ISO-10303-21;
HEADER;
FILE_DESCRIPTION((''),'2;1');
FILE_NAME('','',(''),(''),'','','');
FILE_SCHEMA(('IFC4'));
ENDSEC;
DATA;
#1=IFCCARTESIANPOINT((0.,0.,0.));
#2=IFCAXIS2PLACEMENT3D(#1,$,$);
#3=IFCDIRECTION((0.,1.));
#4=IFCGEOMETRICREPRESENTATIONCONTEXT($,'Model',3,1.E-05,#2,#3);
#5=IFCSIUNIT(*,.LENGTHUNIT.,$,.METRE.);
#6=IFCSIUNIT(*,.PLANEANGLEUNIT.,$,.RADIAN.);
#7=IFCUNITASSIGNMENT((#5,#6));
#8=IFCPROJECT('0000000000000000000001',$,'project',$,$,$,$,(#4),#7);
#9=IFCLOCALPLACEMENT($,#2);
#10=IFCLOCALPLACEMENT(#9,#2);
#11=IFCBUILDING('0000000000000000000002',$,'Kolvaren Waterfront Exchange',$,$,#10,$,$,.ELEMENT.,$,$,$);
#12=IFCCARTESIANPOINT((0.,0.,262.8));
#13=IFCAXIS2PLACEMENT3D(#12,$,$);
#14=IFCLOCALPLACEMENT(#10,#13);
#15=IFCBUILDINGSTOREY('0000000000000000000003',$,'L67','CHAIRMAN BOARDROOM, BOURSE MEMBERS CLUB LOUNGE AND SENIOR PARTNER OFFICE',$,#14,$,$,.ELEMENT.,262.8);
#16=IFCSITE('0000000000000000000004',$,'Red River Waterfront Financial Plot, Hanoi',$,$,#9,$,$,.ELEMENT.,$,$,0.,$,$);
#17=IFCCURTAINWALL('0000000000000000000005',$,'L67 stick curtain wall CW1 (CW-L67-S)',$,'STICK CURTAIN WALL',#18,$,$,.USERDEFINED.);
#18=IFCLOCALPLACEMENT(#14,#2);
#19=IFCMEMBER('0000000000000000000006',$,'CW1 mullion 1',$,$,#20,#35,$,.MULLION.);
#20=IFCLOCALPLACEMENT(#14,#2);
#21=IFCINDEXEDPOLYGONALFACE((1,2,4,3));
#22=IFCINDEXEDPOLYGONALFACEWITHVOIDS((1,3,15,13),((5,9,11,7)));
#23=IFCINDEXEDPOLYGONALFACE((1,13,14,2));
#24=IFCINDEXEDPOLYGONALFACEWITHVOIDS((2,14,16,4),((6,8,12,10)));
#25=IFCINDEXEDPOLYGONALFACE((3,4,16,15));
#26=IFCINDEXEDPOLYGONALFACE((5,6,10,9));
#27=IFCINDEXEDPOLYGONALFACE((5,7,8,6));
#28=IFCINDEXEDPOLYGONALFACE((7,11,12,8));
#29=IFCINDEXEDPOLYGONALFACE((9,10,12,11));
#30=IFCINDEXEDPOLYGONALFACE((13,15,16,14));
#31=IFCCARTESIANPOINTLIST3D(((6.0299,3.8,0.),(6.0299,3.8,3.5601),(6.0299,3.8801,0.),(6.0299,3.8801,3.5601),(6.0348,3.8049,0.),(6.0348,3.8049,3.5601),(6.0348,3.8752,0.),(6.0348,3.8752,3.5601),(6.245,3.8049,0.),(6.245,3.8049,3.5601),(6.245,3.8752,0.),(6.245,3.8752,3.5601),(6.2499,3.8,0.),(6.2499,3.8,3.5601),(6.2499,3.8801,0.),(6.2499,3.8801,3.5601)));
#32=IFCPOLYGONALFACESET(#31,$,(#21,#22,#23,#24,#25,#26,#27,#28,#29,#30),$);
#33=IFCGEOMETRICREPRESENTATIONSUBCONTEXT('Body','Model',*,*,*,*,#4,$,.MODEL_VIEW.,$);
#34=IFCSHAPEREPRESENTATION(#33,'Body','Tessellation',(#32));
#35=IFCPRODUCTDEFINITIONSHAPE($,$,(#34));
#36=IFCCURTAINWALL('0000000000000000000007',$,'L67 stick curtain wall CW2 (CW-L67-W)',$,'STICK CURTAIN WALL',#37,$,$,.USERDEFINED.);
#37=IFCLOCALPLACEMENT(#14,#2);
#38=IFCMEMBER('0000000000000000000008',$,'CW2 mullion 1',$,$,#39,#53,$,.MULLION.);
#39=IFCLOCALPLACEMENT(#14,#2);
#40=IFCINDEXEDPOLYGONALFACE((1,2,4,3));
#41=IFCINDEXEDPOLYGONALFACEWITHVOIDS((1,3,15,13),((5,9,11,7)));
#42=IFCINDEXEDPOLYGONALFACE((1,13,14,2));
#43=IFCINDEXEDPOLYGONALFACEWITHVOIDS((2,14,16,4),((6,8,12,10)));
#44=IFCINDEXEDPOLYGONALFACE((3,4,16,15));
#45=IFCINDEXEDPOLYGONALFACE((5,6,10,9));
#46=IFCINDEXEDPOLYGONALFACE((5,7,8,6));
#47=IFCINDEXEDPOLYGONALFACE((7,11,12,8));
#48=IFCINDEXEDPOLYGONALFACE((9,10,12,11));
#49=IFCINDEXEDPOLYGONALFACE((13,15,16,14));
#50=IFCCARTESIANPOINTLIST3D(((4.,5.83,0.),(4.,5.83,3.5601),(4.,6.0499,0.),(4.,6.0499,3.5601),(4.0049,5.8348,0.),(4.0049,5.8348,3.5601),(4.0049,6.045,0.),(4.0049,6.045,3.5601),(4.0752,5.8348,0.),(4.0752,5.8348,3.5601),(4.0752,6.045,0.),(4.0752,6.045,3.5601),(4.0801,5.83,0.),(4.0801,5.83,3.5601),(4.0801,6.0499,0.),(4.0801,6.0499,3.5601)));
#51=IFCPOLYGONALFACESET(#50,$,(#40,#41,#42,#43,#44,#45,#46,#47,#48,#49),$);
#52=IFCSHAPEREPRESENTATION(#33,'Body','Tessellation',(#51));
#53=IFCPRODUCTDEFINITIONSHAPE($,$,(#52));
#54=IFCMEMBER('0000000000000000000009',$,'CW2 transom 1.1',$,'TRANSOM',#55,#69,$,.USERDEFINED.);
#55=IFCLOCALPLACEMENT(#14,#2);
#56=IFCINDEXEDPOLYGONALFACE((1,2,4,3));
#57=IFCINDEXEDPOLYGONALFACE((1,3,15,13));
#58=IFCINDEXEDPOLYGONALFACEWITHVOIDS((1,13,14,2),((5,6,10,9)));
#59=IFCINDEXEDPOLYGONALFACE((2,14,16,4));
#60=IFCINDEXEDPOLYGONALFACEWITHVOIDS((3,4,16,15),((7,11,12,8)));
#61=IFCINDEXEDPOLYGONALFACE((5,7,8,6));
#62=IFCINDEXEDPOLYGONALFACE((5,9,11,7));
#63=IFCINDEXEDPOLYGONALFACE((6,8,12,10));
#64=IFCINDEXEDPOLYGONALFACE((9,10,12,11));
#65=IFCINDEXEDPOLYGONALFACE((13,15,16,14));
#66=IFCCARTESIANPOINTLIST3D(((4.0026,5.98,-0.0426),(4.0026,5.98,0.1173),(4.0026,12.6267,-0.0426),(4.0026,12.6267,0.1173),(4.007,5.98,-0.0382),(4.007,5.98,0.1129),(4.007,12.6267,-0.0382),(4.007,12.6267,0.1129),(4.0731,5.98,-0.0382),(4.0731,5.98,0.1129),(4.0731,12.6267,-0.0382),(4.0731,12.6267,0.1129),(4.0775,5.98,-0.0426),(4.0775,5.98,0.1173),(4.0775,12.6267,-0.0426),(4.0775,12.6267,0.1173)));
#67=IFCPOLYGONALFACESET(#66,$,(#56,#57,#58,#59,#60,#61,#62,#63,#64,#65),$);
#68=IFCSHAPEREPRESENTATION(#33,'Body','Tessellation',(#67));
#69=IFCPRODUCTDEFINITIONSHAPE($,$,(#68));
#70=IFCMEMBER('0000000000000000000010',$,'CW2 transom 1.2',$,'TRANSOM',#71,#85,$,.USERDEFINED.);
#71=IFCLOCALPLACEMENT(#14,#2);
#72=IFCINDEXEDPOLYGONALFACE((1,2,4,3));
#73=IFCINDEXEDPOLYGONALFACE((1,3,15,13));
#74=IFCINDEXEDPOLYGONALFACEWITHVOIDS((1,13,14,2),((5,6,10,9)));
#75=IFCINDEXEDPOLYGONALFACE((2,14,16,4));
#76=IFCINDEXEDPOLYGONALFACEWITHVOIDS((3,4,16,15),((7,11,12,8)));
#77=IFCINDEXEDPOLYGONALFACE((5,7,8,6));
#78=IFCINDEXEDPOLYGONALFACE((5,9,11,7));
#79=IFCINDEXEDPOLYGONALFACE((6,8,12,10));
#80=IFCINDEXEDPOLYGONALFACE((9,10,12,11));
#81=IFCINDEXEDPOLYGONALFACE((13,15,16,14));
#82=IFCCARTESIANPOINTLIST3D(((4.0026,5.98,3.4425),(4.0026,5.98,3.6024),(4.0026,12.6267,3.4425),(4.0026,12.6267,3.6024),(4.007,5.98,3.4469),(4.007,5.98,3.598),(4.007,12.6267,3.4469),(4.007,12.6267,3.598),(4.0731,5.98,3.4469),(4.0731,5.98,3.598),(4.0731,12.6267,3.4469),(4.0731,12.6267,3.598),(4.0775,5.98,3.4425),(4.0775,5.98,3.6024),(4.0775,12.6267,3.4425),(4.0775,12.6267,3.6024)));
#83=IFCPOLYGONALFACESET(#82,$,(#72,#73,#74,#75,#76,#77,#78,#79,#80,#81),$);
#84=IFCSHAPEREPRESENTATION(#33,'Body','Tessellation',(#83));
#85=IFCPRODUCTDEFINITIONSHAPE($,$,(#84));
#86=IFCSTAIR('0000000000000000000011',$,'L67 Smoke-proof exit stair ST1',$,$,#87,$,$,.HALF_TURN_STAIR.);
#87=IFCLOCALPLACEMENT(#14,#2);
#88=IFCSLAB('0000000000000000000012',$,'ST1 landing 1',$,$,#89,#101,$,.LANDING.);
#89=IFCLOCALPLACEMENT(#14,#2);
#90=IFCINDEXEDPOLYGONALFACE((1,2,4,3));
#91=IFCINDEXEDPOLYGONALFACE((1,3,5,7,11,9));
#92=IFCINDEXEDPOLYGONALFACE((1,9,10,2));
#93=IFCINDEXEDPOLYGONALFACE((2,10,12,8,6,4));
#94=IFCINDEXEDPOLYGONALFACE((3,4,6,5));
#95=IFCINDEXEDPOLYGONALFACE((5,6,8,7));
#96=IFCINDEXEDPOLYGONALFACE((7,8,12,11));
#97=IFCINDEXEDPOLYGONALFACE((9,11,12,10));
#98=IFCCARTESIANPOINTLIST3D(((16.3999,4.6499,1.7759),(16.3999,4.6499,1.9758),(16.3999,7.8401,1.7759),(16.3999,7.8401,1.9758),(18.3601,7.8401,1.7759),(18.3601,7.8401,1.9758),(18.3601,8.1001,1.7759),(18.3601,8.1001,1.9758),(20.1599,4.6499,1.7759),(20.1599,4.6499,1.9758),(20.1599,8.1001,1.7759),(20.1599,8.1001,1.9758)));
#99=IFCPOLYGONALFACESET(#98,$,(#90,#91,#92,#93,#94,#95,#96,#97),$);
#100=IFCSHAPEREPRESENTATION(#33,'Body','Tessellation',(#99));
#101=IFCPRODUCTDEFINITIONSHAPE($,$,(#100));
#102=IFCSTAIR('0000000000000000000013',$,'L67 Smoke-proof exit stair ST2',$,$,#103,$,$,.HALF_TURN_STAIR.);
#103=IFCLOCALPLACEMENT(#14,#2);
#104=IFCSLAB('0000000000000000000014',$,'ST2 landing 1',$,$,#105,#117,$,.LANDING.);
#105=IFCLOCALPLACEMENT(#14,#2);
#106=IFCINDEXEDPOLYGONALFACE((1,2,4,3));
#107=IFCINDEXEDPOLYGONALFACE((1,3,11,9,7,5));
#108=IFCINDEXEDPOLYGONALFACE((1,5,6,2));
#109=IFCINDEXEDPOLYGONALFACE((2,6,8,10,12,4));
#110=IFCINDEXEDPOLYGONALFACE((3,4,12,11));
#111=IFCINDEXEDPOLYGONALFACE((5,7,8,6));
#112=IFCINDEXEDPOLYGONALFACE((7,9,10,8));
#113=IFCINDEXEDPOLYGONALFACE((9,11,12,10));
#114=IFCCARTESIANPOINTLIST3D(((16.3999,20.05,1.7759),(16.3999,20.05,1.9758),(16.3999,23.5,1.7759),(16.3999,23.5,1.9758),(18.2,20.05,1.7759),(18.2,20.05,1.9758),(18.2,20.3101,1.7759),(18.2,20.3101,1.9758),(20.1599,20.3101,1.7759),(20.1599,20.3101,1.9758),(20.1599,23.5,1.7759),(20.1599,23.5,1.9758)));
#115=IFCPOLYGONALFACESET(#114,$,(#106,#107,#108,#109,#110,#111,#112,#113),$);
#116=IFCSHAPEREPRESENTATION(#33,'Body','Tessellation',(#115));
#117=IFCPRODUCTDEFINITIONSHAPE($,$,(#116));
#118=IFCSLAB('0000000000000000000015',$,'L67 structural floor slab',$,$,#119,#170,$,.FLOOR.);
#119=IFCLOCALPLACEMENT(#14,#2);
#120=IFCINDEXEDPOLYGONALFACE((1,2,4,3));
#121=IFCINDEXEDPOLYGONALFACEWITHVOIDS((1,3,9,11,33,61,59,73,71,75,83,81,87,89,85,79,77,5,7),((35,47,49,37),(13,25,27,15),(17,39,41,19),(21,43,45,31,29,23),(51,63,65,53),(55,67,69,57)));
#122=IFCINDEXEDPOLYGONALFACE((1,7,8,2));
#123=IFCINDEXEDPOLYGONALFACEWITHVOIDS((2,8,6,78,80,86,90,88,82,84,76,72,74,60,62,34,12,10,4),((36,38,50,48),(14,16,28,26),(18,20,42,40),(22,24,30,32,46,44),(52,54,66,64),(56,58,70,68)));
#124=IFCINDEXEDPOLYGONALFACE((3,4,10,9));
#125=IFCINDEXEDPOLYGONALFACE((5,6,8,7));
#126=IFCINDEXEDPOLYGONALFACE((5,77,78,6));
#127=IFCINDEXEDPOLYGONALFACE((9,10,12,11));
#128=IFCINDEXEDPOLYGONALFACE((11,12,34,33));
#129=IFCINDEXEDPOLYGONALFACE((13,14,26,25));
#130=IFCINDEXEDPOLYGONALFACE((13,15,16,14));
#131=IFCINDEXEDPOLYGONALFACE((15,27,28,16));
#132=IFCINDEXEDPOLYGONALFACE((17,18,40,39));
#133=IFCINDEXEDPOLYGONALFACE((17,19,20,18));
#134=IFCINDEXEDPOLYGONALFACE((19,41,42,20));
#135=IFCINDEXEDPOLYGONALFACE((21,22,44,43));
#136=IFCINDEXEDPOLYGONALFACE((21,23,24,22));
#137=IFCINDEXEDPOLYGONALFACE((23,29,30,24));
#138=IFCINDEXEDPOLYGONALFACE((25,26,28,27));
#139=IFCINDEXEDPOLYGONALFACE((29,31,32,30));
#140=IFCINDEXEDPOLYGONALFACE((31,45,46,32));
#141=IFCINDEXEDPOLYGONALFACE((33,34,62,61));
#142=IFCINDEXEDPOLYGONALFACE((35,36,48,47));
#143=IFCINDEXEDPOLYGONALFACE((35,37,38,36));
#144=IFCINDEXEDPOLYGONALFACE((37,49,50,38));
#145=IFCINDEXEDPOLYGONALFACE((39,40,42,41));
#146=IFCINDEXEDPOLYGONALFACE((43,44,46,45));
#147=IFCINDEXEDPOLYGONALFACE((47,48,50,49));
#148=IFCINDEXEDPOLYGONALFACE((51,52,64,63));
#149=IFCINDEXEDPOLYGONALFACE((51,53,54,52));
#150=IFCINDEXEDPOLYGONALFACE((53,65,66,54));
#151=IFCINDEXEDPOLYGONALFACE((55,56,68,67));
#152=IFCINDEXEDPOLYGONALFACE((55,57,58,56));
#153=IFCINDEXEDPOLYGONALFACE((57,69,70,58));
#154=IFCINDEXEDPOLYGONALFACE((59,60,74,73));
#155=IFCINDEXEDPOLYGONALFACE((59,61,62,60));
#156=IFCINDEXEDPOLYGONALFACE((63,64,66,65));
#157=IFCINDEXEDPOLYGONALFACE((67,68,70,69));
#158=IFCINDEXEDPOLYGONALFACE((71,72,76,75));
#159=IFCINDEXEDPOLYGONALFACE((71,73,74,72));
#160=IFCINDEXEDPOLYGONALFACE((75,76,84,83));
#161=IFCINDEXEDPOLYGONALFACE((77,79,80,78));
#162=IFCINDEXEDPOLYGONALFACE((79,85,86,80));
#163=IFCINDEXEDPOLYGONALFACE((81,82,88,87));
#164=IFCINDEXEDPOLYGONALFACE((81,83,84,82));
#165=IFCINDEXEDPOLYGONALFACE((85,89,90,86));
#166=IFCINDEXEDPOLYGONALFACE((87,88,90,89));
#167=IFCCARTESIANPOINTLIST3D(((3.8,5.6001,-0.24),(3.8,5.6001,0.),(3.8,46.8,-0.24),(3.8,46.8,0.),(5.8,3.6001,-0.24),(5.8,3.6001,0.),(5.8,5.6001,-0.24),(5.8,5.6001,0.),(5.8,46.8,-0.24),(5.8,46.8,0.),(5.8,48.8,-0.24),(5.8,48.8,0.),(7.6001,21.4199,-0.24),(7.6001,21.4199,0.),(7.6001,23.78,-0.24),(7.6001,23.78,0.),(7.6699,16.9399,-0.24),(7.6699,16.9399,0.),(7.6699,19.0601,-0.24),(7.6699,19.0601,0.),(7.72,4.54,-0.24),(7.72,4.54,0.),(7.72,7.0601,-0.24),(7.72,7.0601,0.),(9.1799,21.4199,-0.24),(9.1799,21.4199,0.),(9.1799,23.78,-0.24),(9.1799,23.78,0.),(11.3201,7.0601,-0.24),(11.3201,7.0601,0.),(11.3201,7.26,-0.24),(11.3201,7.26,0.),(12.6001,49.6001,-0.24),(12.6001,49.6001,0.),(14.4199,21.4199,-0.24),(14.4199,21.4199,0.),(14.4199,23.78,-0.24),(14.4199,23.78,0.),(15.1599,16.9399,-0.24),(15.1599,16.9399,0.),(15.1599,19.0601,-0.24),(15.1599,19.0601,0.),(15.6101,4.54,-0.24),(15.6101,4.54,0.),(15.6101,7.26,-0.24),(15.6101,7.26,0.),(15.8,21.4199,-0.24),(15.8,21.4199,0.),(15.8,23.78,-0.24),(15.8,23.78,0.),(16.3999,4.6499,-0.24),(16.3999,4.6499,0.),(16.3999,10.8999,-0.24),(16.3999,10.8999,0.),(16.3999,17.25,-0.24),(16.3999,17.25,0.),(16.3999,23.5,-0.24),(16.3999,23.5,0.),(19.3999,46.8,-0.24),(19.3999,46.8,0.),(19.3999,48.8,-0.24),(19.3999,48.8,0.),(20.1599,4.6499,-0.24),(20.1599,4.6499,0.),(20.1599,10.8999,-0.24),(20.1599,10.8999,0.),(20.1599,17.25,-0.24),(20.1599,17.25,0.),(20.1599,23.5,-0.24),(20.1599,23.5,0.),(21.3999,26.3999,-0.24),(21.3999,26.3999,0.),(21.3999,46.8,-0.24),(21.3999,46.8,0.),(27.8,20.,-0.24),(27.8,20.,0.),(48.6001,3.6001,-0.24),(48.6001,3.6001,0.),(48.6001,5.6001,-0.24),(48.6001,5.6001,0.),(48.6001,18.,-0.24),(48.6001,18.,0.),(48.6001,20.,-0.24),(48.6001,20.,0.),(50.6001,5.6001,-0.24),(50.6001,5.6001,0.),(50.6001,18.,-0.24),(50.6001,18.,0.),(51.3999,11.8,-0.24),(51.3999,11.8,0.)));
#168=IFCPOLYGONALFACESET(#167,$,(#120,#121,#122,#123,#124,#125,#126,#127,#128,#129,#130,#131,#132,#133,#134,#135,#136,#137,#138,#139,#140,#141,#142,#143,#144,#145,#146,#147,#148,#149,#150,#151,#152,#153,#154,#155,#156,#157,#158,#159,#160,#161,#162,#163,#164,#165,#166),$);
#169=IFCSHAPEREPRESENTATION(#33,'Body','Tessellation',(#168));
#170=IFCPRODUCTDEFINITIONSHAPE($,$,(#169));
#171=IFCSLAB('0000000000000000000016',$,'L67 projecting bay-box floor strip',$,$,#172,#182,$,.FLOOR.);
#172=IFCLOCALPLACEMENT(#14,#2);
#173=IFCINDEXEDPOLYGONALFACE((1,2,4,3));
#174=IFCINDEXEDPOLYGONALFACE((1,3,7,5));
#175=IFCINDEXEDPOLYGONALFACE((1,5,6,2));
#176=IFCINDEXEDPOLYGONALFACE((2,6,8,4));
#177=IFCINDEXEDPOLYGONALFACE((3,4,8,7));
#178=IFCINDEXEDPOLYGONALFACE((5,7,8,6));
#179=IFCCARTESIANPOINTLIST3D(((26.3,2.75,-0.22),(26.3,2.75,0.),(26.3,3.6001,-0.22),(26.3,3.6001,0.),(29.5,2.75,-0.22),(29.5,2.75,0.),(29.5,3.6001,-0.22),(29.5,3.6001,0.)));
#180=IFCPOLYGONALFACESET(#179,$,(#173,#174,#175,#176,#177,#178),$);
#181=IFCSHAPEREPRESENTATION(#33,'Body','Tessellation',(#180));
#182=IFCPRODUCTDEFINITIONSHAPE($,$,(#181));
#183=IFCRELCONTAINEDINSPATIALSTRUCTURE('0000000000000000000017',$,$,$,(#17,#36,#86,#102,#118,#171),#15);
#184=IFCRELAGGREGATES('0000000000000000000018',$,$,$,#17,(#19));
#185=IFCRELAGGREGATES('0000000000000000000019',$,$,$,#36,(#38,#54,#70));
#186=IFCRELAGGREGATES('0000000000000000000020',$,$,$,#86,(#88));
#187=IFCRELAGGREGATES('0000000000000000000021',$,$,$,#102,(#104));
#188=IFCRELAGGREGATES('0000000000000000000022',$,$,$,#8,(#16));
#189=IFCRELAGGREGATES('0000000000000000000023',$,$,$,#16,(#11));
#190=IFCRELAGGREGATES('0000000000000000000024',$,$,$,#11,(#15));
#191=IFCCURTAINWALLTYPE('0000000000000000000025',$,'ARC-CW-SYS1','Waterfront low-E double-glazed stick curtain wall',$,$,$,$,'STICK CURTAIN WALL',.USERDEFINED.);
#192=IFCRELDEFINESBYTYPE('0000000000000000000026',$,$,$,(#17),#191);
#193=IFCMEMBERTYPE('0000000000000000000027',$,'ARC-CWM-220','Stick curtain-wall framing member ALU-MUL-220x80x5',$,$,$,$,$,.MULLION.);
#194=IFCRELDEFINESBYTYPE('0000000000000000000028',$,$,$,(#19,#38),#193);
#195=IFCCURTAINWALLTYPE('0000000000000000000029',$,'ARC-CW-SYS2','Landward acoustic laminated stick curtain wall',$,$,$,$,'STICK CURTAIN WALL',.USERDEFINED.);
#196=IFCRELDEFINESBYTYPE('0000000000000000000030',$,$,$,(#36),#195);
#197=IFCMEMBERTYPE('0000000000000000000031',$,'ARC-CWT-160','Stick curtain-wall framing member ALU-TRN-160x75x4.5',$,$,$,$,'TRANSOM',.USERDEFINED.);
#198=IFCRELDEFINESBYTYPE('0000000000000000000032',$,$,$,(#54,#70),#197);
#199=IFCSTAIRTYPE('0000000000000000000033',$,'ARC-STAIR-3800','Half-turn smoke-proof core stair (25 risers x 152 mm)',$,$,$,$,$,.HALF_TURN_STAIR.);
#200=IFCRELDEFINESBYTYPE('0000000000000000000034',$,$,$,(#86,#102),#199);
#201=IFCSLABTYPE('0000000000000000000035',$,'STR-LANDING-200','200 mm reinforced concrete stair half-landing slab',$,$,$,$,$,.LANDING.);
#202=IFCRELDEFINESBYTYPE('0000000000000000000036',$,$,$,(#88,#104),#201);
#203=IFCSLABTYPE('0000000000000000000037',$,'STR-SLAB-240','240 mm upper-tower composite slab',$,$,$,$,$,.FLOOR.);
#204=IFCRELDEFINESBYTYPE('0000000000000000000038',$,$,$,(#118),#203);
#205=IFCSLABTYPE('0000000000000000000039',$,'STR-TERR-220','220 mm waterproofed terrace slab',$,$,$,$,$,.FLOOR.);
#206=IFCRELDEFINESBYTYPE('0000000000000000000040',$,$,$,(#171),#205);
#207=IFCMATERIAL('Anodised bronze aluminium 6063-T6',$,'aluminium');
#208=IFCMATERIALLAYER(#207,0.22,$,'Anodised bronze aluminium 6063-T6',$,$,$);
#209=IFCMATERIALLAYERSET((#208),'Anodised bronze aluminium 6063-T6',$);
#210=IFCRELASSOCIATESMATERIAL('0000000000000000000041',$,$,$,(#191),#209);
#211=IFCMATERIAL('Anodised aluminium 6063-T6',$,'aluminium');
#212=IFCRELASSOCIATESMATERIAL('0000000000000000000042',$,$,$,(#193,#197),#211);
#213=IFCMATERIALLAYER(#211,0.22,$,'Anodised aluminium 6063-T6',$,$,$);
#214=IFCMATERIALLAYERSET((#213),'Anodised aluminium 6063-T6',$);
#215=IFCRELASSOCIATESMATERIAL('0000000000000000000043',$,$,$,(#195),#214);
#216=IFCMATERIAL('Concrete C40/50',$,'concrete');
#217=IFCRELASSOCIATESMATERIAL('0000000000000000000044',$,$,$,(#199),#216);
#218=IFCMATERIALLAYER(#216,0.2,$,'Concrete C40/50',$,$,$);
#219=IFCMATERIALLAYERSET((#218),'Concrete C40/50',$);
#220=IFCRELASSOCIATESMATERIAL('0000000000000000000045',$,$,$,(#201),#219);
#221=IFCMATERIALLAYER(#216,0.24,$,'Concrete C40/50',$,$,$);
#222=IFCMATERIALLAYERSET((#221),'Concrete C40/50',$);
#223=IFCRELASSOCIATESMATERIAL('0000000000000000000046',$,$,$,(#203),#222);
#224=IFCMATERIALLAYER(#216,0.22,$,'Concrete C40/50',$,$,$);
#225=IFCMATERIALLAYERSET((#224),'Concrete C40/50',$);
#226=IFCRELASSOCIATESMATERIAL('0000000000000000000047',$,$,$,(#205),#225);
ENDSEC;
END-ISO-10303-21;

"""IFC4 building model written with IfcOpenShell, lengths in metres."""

from ifc_helpers import new_model, si_unit, direction, frame, origin, origin_with_axes, origin_2d, place, context, subcontext, project, spatial, polyline, hollow_rectangle, outline, extrude, source, transform, mapped, material, layer, layer_set, material_profile, profile_set, type_object, element, aggregate, save


model = new_model("IFC4")

# Units and contexts
model_context = context("Model", 3, precision=1e-05, world=origin(), true_north=direction((0.0, 1.0)))
body_context = subcontext(model_context, "Body", "Model", "MODEL_VIEW")
ifc_project = project(units=[si_unit("LENGTHUNIT", "METRE"), si_unit("PLANEANGLEUNIT", "RADIAN")], contexts=[model_context])

# Site, building, storey
site_placement = place(None, origin())
site = spatial("IfcSite", under=ifc_project, at=site_placement, Name="Red River Waterfront Financial Plot, Hanoi", CompositionType="ELEMENT", RefElevation=0.0)
building_placement = place(site_placement, origin())
building = spatial("IfcBuilding", under=site, at=building_placement, Name="Kolvaren Waterfront Exchange", CompositionType="ELEMENT")
storey_placement = place(building_placement, frame((0.0, 0.0, 262.8)))
storey = spatial("IfcBuildingStorey", under=building, at=storey_placement, Name="L67", Description="CHAIRMAN BOARDROOM, BOURSE MEMBERS CLUB LOUNGE AND SENIOR PARTNER OFFICE", CompositionType="ELEMENT", Elevation=262.8)

# Curtain wall, member
ifc_material_1 = material(Name="Anodised bronze aluminium 6063-T6", Category="aluminium")
ifc_layer_1 = layer(ifc_material_1, 0.22, Name="Anodised bronze aluminium 6063-T6")
ifc_layer_set_1 = layer_set([ifc_layer_1], Name="Anodised bronze aluminium 6063-T6")
curtain_wall_type_1 = type_object("IfcCurtainWallType", Name="ARC-CW-SYS1", Description="Waterfront low-E double-glazed stick curtain wall", ElementType="STICK CURTAIN WALL", PredefinedType="USERDEFINED", material=ifc_layer_set_1)
curtain_wall_1_placement = place(storey_placement, origin())
curtain_wall_1 = element("IfcCurtainWall", 1, at=curtain_wall_1_placement, inside=storey, type_object=curtain_wall_type_1, Name="L67 stick curtain wall CW1 (CW-L67-S)", ObjectType="STICK CURTAIN WALL", PredefinedType="USERDEFINED")
ifc_material_2 = material(Name="Anodised aluminium 6063-T6", Category="aluminium")
ifc_material_profile_1 = material_profile(ifc_material_2, hollow_rectangle(XDim=0.0801, YDim=0.22, WallThickness=0.0049, at=origin_2d()), Name="ALU-MUL-220x80x5")
ifc_profile_set_1 = profile_set([ifc_material_profile_1], Name="Anodised aluminium 6063-T6")
member_type_1 = type_object("IfcMemberType", Name="ARC-CWM-220", Description="Stick curtain-wall framing member ALU-MUL-220x80x5", PredefinedType="MULLION", material=ifc_profile_set_1)
shared_shape_1 = source(origin_with_axes(), body_context, "Body", "SweptSolid", [
    extrude(hollow_rectangle(XDim=0.0801, YDim=0.22, WallThickness=0.0049, at=origin_2d()), origin(), (0.0, 0.0, 1.0), 3.5601),
])
member_1_placement = place(storey_placement, frame((6.1399, 3.8401, 0.0), z_axis=(0.0, 0.0, 1.0), x_axis=(0.0, 1.0, 0.0)))
member_1 = element("IfcMember", 2, at=member_1_placement, type_object=member_type_1, Name="CW1 mullion 1", PredefinedType="MULLION", context=body_context, shape_type="MappedRepresentation", body=[
    mapped(shared_shape_1, transform((0.0, 0.0, 0.0), x_axis=(1.0, 0.0, 0.0), y_axis=(0.0, 1.0, 0.0), z_axis=(0.0, 0.0, 1.0), scale=1.0)),
])
aggregate(curtain_wall_1, [member_1])

# Curtain wall, members
ifc_layer_2 = layer(ifc_material_2, 0.22, Name="Anodised aluminium 6063-T6")
ifc_layer_set_2 = layer_set([ifc_layer_2], Name="Anodised aluminium 6063-T6")
curtain_wall_type_2 = type_object("IfcCurtainWallType", Name="ARC-CW-SYS2", Description="Landward acoustic laminated stick curtain wall", ElementType="STICK CURTAIN WALL", PredefinedType="USERDEFINED", material=ifc_layer_set_2)
curtain_wall_2_placement = place(storey_placement, origin())
curtain_wall_2 = element("IfcCurtainWall", 3, at=curtain_wall_2_placement, inside=storey, type_object=curtain_wall_type_2, Name="L67 stick curtain wall CW2 (CW-L67-W)", ObjectType="STICK CURTAIN WALL", PredefinedType="USERDEFINED")
member_2_placement = place(storey_placement, frame((4.04, 5.9399, 0.0), z_axis=(0.0, 0.0, 1.0), x_axis=(-1.0, 0.0, 0.0)))
member_2 = element("IfcMember", 4, at=member_2_placement, type_object=member_type_1, Name="CW2 mullion 1", PredefinedType="MULLION", context=body_context, shape_type="MappedRepresentation", body=[
    mapped(shared_shape_1, transform((0.0, 0.0, 0.0), x_axis=(1.0, 0.0, 0.0), y_axis=(0.0, 1.0, 0.0), z_axis=(0.0, 0.0, 1.0), scale=1.0)),
])
ifc_material_profile_2 = material_profile(ifc_material_2, hollow_rectangle(XDim=0.075, YDim=0.1599, WallThickness=0.0044, at=origin_2d()), Name="ALU-TRN-160x75x4.5")
ifc_profile_set_2 = profile_set([ifc_material_profile_2], Name="Anodised aluminium 6063-T6")
member_type_2 = type_object("IfcMemberType", Name="ARC-CWT-160", Description="Stick curtain-wall framing member ALU-TRN-160x75x4.5", ElementType="TRANSOM", PredefinedType="USERDEFINED", material=ifc_profile_set_2)
shared_shape_2 = source(origin_with_axes(), body_context, "Body", "SweptSolid", [
    extrude(hollow_rectangle(XDim=0.075, YDim=0.1599, WallThickness=0.0044, at=origin_2d()), origin(), (0.0, 0.0, 1.0), 6.6467),
])
member_3_placement = place(storey_placement, frame((4.04, 5.98, 0.0374), z_axis=(0.0, 1.0, 0.0), x_axis=(-1.0, 0.0, 0.0)))
member_3 = element("IfcMember", 5, at=member_3_placement, type_object=member_type_2, Name="CW2 transom 1.1", ObjectType="TRANSOM", PredefinedType="USERDEFINED", context=body_context, shape_type="MappedRepresentation", body=[
    mapped(shared_shape_2, transform((0.0, 0.0, 0.0), x_axis=(1.0, 0.0, 0.0), y_axis=(0.0, 1.0, 0.0), z_axis=(0.0, 0.0, 1.0), scale=1.0)),
])
member_4_placement = place(storey_placement, frame((4.04, 5.98, 3.5225), z_axis=(0.0, 1.0, 0.0), x_axis=(-1.0, 0.0, 0.0)))
member_4 = element("IfcMember", 6, at=member_4_placement, type_object=member_type_2, Name="CW2 transom 1.2", ObjectType="TRANSOM", PredefinedType="USERDEFINED", context=body_context, shape_type="MappedRepresentation", body=[
    mapped(shared_shape_2, transform((0.0, 0.0, 0.0), x_axis=(1.0, 0.0, 0.0), y_axis=(0.0, 1.0, 0.0), z_axis=(0.0, 0.0, 1.0), scale=1.0)),
])
aggregate(curtain_wall_2, [member_2, member_3, member_4])

# Stairs, slabs
ifc_material_3 = material(Name="Concrete C40/50", Category="concrete")
stair_type = type_object("IfcStairType", Name="ARC-STAIR-3800", Description="Half-turn smoke-proof core stair (25 risers x 152 mm)", PredefinedType="HALF_TURN_STAIR", material=ifc_material_3)
stair_1_placement = place(storey_placement, origin())
stair_1 = element("IfcStair", 7, at=stair_1_placement, inside=storey, type_object=stair_type, Name="L67 Smoke-proof exit stair ST1", PredefinedType="HALF_TURN_STAIR")
ifc_layer_3 = layer(ifc_material_3, 0.2, Name="Concrete C40/50")
ifc_layer_set_3 = layer_set([ifc_layer_3], Name="Concrete C40/50")
slab_type_1 = type_object("IfcSlabType", Name="STR-LANDING-200", Description="200 mm reinforced concrete stair half-landing slab", PredefinedType="LANDING", material=ifc_layer_set_3)
slab_1_placement = place(storey_placement, frame((0.0, 0.0, 1.7759)))
slab_1 = element("IfcSlab", 8, at=slab_1_placement, type_object=slab_type_1, Name="ST1 landing 1", PredefinedType="LANDING", context=body_context, shape_type="SweptSolid", body=[
    extrude(outline(polyline([(16.3999, 7.8401), (16.3999, 4.6499), (20.1599, 4.6499), (20.1599, 8.1001), (18.3601, 8.1001), (18.3601, 7.8401), (16.3999, 7.8401)])), origin(), (0.0, 0.0, 1.0), 0.2),
])
aggregate(stair_1, [slab_1])
stair_2_placement = place(storey_placement, origin())
stair_2 = element("IfcStair", 9, at=stair_2_placement, inside=storey, type_object=stair_type, Name="L67 Smoke-proof exit stair ST2", PredefinedType="HALF_TURN_STAIR")
slab_2_placement = place(storey_placement, frame((0.0, 0.0, 1.7759)))
slab_2 = element("IfcSlab", 10, at=slab_2_placement, type_object=slab_type_1, Name="ST2 landing 1", PredefinedType="LANDING", context=body_context, shape_type="SweptSolid", body=[
    extrude(outline(polyline([(20.1599, 20.3101), (20.1599, 23.5), (16.3999, 23.5), (16.3999, 20.05), (18.2, 20.05), (18.2, 20.3101), (20.1599, 20.3101)])), origin(), (0.0, 0.0, 1.0), 0.2),
])
aggregate(stair_2, [slab_2])

# Slabs
ifc_layer_4 = layer(ifc_material_3, 0.24, Name="Concrete C40/50")
ifc_layer_set_4 = layer_set([ifc_layer_4], Name="Concrete C40/50")
slab_type_2 = type_object("IfcSlabType", Name="STR-SLAB-240", Description="240 mm upper-tower composite slab", PredefinedType="FLOOR", material=ifc_layer_set_4)
slab_3_placement = place(storey_placement, frame((0.0, 0.0, -0.24)))
element("IfcSlab", 11, at=slab_3_placement, inside=storey, type_object=slab_type_2, Name="L67 structural floor slab", PredefinedType="FLOOR", context=body_context, shape_type="SweptSolid", body=[
    extrude(outline(polyline([(5.8, 3.6001), (48.6001, 3.6001), (48.6001, 5.6001), (50.6001, 5.6001), (51.3999, 11.8), (50.6001, 18.0), (48.6001, 18.0), (48.6001, 20.0), (27.8, 20.0), (21.3999, 26.3999), (21.3999, 46.8), (19.3999, 46.8), (19.3999, 48.8), (12.6001, 49.6001), (5.8, 48.8), (5.8, 46.8), (3.8, 46.8), (3.8, 5.6001), (5.8, 5.6001), (5.8, 3.6001)]), holes=[polyline([(11.3201, 7.26), (15.6101, 7.26), (15.6101, 4.54), (7.72, 4.54), (7.72, 7.0601), (11.3201, 7.0601), (11.3201, 7.26)]), polyline([(20.1599, 10.8999), (20.1599, 4.6499), (16.3999, 4.6499), (16.3999, 10.8999), (20.1599, 10.8999)]), polyline([(7.6699, 19.0601), (15.1599, 19.0601), (15.1599, 16.9399), (7.6699, 16.9399), (7.6699, 19.0601)]), polyline([(16.3999, 17.25), (16.3999, 23.5), (20.1599, 23.5), (20.1599, 17.25), (16.3999, 17.25)]), polyline([(7.6001, 23.78), (9.1799, 23.78), (9.1799, 21.4199), (7.6001, 21.4199), (7.6001, 23.78)]), polyline([(14.4199, 23.78), (15.8, 23.78), (15.8, 21.4199), (14.4199, 21.4199), (14.4199, 23.78)])]), origin(), (0.0, 0.0, 1.0), 0.24),
])
ifc_layer_5 = layer(ifc_material_3, 0.22, Name="Concrete C40/50")
ifc_layer_set_5 = layer_set([ifc_layer_5], Name="Concrete C40/50")
slab_type_3 = type_object("IfcSlabType", Name="STR-TERR-220", Description="220 mm waterproofed terrace slab", PredefinedType="FLOOR", material=ifc_layer_set_5)
slab_4_placement = place(storey_placement, frame((0.0, 0.0, -0.22)))
element("IfcSlab", 12, at=slab_4_placement, inside=storey, type_object=slab_type_3, Name="L67 projecting bay-box floor strip", PredefinedType="FLOOR", context=body_context, shape_type="SweptSolid", body=[
    extrude(outline(polyline([(26.3, 2.75), (29.5, 2.75), (29.5, 3.6001), (26.3, 3.6001), (26.3, 2.75)])), origin(), (0.0, 0.0, 1.0), 0.22),
])

save(model, "model.ifc")
